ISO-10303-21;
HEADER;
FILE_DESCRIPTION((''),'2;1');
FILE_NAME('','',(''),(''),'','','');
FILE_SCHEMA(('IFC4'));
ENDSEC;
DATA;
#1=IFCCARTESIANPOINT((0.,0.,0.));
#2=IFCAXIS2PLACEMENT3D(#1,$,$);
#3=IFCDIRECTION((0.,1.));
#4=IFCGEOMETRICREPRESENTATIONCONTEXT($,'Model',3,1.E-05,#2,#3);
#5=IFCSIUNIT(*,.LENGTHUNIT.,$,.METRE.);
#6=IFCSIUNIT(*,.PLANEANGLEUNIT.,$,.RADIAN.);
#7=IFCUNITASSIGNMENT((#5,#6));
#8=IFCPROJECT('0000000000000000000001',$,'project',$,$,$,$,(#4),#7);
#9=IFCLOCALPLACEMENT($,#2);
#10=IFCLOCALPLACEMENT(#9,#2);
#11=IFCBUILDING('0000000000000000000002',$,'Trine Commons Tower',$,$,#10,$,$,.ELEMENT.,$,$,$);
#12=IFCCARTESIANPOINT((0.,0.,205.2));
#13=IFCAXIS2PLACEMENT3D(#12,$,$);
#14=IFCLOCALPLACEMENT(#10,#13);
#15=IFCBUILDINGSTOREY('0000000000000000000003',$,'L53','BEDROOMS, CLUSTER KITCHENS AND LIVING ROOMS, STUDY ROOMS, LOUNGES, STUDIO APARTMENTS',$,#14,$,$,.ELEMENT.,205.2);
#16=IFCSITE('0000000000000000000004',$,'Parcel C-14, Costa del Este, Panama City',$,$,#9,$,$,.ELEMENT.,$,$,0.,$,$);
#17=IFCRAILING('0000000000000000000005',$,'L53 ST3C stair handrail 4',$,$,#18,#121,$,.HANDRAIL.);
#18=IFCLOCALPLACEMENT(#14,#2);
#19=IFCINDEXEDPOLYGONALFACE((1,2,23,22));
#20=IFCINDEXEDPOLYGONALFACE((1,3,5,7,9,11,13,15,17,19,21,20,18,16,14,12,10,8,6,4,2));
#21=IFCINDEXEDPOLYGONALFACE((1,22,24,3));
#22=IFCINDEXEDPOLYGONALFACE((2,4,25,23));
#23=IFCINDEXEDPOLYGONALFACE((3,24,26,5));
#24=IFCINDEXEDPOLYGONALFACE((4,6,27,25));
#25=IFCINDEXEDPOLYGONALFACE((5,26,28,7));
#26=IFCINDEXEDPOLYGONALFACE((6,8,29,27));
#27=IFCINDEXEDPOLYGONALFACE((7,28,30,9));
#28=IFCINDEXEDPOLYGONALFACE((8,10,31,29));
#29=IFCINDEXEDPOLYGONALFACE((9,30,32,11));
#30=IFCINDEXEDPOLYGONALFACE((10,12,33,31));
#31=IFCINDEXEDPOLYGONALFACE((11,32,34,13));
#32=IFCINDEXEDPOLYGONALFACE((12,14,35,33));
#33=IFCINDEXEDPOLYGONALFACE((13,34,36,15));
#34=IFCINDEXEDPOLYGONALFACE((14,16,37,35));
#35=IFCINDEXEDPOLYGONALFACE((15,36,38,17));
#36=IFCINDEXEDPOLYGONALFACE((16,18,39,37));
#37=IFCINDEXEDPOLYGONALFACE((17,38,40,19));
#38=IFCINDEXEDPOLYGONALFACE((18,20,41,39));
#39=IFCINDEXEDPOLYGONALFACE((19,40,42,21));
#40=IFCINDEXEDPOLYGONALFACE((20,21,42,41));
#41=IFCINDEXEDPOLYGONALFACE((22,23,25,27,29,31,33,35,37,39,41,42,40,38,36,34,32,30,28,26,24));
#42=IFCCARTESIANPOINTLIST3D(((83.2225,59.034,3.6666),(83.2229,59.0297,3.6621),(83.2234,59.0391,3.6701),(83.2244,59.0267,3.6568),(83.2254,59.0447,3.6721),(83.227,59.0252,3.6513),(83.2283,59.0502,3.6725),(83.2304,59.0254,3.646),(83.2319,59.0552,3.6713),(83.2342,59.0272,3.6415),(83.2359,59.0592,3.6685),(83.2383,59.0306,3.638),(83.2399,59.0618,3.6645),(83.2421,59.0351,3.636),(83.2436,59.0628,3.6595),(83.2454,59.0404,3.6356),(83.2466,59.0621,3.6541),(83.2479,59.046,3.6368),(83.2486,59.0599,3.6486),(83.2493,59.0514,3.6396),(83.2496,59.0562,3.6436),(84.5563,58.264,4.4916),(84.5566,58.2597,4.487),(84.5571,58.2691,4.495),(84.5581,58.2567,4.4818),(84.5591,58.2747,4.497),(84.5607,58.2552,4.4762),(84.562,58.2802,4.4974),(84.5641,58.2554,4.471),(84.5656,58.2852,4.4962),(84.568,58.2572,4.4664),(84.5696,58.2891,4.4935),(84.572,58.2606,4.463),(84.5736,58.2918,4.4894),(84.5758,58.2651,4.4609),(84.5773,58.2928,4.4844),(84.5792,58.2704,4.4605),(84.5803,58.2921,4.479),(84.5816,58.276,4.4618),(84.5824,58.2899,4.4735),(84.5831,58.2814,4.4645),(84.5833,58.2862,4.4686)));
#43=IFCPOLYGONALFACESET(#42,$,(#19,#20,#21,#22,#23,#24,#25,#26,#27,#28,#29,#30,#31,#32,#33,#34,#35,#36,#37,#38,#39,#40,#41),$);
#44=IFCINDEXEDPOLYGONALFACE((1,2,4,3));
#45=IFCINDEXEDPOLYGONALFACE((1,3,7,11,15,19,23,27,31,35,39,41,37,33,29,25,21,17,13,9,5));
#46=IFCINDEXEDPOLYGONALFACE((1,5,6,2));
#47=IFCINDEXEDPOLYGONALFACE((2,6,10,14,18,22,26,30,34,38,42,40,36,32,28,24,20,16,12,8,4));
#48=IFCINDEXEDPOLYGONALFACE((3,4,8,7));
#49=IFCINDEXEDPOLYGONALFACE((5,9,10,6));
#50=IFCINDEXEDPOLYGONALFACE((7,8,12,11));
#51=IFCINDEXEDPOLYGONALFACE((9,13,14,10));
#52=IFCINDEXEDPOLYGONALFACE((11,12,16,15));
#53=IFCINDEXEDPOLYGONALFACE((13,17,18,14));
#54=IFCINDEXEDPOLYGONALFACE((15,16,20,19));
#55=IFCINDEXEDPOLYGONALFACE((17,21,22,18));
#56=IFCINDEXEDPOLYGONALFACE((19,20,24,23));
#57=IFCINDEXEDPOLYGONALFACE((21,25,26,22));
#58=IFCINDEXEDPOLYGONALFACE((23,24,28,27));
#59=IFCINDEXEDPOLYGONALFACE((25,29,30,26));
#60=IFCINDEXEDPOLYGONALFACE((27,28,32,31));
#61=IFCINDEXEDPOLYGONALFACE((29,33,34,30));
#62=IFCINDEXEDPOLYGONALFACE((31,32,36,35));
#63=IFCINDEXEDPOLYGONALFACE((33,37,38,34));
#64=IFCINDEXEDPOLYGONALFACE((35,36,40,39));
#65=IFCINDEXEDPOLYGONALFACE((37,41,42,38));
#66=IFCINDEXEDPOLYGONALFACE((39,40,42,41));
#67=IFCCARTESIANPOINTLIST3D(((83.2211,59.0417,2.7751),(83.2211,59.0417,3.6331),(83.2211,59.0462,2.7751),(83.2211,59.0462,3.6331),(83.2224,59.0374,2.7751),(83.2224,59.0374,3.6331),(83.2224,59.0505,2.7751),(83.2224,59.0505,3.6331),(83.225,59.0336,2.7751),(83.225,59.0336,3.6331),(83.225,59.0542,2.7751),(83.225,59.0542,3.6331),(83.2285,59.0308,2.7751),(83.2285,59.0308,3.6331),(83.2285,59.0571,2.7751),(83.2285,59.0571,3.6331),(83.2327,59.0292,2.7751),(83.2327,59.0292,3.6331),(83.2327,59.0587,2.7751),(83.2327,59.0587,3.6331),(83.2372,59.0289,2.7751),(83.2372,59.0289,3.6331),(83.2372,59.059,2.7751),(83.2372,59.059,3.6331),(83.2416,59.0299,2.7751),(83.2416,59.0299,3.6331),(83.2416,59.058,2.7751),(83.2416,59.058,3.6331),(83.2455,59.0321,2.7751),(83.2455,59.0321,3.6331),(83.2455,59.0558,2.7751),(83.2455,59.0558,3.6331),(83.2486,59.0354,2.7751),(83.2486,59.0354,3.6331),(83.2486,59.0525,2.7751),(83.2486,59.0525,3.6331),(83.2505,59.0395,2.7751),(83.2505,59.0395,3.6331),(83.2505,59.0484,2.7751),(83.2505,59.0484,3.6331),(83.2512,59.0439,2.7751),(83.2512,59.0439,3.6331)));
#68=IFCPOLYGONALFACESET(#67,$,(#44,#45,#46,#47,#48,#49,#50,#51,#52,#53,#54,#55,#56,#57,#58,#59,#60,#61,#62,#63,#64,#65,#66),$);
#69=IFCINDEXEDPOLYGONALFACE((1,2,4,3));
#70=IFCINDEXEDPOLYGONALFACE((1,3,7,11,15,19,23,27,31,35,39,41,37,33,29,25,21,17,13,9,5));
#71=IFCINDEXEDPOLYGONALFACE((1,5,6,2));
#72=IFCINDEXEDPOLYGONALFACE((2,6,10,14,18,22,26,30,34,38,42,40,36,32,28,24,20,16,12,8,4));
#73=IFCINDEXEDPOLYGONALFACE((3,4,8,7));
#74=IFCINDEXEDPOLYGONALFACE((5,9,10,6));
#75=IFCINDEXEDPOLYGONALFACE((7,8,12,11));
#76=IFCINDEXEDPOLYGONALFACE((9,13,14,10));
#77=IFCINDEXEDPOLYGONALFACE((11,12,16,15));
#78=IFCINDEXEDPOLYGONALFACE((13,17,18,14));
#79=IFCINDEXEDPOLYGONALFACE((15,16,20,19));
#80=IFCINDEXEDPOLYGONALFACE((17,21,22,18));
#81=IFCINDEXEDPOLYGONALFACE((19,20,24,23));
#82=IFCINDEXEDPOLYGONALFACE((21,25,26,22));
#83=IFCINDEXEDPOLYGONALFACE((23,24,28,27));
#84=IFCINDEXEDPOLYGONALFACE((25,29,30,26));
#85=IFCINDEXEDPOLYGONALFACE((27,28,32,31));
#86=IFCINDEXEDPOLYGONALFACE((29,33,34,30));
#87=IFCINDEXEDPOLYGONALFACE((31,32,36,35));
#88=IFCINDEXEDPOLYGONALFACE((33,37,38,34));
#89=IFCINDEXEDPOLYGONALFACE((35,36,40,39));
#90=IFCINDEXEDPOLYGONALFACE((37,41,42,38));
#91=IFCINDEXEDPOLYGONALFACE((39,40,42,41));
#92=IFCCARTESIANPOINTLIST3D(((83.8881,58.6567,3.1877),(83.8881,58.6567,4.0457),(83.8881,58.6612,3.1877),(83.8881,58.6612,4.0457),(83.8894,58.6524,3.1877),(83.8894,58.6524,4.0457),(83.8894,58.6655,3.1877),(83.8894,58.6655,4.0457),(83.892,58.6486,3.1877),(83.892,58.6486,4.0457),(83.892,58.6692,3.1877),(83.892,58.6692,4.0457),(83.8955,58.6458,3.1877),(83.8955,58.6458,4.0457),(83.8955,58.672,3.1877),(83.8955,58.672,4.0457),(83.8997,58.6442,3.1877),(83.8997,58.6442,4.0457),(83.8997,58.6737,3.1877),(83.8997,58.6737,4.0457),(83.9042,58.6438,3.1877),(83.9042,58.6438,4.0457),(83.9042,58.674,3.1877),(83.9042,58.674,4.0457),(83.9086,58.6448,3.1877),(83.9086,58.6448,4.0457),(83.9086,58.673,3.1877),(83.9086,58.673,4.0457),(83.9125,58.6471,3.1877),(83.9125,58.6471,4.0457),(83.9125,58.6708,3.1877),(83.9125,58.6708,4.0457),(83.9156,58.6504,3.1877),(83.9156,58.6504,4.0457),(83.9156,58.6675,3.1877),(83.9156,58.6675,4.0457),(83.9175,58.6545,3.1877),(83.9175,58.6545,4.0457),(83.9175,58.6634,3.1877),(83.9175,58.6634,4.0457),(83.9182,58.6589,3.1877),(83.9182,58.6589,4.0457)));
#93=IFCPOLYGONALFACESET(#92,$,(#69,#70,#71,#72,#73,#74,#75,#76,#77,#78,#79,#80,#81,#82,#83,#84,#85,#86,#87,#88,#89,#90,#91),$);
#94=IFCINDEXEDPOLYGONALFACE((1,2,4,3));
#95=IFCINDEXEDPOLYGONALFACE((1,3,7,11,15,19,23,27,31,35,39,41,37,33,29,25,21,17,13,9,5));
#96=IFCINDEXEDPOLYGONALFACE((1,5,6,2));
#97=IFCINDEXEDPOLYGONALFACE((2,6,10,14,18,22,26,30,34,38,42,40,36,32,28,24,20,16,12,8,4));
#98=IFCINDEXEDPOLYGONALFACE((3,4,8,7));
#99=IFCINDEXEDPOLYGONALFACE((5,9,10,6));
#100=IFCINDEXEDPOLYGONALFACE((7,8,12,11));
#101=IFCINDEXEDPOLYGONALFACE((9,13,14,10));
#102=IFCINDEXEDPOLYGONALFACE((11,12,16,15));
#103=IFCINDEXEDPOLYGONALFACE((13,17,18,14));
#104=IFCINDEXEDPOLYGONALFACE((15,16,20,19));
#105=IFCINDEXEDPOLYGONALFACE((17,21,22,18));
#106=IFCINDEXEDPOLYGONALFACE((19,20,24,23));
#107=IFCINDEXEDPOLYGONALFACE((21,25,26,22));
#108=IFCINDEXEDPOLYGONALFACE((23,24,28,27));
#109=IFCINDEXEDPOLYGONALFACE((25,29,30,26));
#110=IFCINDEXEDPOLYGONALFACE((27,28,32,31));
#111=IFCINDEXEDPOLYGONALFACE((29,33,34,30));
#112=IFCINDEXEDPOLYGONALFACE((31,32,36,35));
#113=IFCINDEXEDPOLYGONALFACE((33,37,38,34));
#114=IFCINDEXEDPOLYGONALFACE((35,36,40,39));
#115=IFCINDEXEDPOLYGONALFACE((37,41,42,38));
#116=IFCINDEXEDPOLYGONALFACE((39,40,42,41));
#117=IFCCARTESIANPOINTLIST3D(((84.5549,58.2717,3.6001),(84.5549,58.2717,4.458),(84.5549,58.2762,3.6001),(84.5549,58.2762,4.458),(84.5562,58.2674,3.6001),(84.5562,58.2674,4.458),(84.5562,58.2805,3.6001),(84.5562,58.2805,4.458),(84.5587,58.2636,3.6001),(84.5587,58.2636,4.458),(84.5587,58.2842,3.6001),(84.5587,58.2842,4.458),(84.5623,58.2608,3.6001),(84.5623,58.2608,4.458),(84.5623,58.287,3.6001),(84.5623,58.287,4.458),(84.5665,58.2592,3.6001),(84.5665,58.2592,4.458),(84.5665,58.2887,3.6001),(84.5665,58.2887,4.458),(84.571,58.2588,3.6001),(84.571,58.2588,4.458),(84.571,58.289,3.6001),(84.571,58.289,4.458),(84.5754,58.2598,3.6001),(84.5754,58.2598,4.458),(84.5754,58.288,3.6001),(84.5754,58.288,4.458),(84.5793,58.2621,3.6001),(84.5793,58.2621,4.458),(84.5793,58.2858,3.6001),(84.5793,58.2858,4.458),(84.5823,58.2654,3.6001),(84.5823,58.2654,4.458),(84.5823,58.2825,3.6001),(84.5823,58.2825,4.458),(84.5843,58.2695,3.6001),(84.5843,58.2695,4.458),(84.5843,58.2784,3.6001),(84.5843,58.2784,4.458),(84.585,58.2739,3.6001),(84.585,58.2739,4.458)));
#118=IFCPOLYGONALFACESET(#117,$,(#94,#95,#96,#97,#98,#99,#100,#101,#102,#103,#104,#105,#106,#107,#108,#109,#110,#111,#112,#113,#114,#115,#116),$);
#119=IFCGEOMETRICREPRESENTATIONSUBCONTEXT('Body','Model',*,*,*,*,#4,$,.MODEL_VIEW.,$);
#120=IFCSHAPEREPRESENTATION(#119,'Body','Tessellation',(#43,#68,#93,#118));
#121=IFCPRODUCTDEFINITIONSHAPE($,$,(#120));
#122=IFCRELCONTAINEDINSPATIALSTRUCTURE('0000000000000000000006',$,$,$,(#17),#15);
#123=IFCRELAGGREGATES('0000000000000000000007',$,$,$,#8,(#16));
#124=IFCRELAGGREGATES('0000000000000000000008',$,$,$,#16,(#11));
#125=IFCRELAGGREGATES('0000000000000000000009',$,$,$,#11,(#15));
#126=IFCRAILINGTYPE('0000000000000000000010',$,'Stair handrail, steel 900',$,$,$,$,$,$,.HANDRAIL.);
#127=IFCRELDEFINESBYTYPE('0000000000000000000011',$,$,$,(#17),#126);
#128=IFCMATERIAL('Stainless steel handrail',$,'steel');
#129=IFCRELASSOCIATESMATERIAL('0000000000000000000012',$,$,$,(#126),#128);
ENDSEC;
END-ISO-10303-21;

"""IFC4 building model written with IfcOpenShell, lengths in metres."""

from ifc_helpers import new_model, si_unit, direction, frame, origin, origin_2d, place, context, subcontext, project, spatial, circle, extrude, material, type_object, element, save


model = new_model("IFC4")

# Units and contexts
model_context = context("Model", 3, precision=1e-05, world=origin(), true_north=direction((0.0, 1.0)))
body_context = subcontext(model_context, "Body", "Model", "MODEL_VIEW")
ifc_project = project(units=[si_unit("LENGTHUNIT", "METRE"), si_unit("PLANEANGLEUNIT", "RADIAN")], contexts=[model_context])

# Site, building, storey
site_placement = place(None, origin())
site = spatial("IfcSite", under=ifc_project, at=site_placement, Name="Parcel C-14, Costa del Este, Panama City", CompositionType="ELEMENT", RefElevation=0.0)
building_placement = place(site_placement, origin())
building = spatial("IfcBuilding", under=site, at=building_placement, Name="Trine Commons Tower", CompositionType="ELEMENT")
storey_placement = place(building_placement, frame((0.0, 0.0, 205.2)))
storey = spatial("IfcBuildingStorey", under=building, at=storey_placement, Name="L53", Description="BEDROOMS, CLUSTER KITCHENS AND LIVING ROOMS, STUDY ROOMS, LOUNGES, STUDIO APARTMENTS", CompositionType="ELEMENT", Elevation=205.2)

# Railing
ifc_material_1 = material(Name="Stainless steel handrail", Category="steel")
railing_type_1 = type_object("IfcRailingType", Name="Stair handrail, steel 900", PredefinedType="HANDRAIL", material=ifc_material_1)
railing_1_placement = place(storey_placement, frame((83.2361, 59.0439, 2.7751)))
element("IfcRailing", 1, at=railing_1_placement, inside=storey, type_object=railing_type_1, Name="L53 ST3C stair handrail 4", PredefinedType="HANDRAIL", context=body_context, shape_type="SweptSolid", body=[
    extrude(circle(Radius=0.021, at=origin_2d()), frame((0.0, 0.0, 0.8789), z_axis=(0.763405, -0.440743, 0.472185), x_axis=(0.499992, 0.86603, 0.0)), (0.0, 0.0, 1.0), 1.7471),
    extrude(circle(Radius=0.0151, at=origin_2d()), origin(), (0.0, 0.0, 1.0), 0.8579),
    extrude(circle(Radius=0.0151, at=origin_2d()), frame((0.667, -0.385, 0.4126)), (0.0, 0.0, 1.0), 0.8579),
    extrude(circle(Radius=0.0151, at=origin_2d()), frame((1.3337, -0.77, 0.825)), (0.0, 0.0, 1.0), 0.8579),
])

save(model, "model.ifc")
